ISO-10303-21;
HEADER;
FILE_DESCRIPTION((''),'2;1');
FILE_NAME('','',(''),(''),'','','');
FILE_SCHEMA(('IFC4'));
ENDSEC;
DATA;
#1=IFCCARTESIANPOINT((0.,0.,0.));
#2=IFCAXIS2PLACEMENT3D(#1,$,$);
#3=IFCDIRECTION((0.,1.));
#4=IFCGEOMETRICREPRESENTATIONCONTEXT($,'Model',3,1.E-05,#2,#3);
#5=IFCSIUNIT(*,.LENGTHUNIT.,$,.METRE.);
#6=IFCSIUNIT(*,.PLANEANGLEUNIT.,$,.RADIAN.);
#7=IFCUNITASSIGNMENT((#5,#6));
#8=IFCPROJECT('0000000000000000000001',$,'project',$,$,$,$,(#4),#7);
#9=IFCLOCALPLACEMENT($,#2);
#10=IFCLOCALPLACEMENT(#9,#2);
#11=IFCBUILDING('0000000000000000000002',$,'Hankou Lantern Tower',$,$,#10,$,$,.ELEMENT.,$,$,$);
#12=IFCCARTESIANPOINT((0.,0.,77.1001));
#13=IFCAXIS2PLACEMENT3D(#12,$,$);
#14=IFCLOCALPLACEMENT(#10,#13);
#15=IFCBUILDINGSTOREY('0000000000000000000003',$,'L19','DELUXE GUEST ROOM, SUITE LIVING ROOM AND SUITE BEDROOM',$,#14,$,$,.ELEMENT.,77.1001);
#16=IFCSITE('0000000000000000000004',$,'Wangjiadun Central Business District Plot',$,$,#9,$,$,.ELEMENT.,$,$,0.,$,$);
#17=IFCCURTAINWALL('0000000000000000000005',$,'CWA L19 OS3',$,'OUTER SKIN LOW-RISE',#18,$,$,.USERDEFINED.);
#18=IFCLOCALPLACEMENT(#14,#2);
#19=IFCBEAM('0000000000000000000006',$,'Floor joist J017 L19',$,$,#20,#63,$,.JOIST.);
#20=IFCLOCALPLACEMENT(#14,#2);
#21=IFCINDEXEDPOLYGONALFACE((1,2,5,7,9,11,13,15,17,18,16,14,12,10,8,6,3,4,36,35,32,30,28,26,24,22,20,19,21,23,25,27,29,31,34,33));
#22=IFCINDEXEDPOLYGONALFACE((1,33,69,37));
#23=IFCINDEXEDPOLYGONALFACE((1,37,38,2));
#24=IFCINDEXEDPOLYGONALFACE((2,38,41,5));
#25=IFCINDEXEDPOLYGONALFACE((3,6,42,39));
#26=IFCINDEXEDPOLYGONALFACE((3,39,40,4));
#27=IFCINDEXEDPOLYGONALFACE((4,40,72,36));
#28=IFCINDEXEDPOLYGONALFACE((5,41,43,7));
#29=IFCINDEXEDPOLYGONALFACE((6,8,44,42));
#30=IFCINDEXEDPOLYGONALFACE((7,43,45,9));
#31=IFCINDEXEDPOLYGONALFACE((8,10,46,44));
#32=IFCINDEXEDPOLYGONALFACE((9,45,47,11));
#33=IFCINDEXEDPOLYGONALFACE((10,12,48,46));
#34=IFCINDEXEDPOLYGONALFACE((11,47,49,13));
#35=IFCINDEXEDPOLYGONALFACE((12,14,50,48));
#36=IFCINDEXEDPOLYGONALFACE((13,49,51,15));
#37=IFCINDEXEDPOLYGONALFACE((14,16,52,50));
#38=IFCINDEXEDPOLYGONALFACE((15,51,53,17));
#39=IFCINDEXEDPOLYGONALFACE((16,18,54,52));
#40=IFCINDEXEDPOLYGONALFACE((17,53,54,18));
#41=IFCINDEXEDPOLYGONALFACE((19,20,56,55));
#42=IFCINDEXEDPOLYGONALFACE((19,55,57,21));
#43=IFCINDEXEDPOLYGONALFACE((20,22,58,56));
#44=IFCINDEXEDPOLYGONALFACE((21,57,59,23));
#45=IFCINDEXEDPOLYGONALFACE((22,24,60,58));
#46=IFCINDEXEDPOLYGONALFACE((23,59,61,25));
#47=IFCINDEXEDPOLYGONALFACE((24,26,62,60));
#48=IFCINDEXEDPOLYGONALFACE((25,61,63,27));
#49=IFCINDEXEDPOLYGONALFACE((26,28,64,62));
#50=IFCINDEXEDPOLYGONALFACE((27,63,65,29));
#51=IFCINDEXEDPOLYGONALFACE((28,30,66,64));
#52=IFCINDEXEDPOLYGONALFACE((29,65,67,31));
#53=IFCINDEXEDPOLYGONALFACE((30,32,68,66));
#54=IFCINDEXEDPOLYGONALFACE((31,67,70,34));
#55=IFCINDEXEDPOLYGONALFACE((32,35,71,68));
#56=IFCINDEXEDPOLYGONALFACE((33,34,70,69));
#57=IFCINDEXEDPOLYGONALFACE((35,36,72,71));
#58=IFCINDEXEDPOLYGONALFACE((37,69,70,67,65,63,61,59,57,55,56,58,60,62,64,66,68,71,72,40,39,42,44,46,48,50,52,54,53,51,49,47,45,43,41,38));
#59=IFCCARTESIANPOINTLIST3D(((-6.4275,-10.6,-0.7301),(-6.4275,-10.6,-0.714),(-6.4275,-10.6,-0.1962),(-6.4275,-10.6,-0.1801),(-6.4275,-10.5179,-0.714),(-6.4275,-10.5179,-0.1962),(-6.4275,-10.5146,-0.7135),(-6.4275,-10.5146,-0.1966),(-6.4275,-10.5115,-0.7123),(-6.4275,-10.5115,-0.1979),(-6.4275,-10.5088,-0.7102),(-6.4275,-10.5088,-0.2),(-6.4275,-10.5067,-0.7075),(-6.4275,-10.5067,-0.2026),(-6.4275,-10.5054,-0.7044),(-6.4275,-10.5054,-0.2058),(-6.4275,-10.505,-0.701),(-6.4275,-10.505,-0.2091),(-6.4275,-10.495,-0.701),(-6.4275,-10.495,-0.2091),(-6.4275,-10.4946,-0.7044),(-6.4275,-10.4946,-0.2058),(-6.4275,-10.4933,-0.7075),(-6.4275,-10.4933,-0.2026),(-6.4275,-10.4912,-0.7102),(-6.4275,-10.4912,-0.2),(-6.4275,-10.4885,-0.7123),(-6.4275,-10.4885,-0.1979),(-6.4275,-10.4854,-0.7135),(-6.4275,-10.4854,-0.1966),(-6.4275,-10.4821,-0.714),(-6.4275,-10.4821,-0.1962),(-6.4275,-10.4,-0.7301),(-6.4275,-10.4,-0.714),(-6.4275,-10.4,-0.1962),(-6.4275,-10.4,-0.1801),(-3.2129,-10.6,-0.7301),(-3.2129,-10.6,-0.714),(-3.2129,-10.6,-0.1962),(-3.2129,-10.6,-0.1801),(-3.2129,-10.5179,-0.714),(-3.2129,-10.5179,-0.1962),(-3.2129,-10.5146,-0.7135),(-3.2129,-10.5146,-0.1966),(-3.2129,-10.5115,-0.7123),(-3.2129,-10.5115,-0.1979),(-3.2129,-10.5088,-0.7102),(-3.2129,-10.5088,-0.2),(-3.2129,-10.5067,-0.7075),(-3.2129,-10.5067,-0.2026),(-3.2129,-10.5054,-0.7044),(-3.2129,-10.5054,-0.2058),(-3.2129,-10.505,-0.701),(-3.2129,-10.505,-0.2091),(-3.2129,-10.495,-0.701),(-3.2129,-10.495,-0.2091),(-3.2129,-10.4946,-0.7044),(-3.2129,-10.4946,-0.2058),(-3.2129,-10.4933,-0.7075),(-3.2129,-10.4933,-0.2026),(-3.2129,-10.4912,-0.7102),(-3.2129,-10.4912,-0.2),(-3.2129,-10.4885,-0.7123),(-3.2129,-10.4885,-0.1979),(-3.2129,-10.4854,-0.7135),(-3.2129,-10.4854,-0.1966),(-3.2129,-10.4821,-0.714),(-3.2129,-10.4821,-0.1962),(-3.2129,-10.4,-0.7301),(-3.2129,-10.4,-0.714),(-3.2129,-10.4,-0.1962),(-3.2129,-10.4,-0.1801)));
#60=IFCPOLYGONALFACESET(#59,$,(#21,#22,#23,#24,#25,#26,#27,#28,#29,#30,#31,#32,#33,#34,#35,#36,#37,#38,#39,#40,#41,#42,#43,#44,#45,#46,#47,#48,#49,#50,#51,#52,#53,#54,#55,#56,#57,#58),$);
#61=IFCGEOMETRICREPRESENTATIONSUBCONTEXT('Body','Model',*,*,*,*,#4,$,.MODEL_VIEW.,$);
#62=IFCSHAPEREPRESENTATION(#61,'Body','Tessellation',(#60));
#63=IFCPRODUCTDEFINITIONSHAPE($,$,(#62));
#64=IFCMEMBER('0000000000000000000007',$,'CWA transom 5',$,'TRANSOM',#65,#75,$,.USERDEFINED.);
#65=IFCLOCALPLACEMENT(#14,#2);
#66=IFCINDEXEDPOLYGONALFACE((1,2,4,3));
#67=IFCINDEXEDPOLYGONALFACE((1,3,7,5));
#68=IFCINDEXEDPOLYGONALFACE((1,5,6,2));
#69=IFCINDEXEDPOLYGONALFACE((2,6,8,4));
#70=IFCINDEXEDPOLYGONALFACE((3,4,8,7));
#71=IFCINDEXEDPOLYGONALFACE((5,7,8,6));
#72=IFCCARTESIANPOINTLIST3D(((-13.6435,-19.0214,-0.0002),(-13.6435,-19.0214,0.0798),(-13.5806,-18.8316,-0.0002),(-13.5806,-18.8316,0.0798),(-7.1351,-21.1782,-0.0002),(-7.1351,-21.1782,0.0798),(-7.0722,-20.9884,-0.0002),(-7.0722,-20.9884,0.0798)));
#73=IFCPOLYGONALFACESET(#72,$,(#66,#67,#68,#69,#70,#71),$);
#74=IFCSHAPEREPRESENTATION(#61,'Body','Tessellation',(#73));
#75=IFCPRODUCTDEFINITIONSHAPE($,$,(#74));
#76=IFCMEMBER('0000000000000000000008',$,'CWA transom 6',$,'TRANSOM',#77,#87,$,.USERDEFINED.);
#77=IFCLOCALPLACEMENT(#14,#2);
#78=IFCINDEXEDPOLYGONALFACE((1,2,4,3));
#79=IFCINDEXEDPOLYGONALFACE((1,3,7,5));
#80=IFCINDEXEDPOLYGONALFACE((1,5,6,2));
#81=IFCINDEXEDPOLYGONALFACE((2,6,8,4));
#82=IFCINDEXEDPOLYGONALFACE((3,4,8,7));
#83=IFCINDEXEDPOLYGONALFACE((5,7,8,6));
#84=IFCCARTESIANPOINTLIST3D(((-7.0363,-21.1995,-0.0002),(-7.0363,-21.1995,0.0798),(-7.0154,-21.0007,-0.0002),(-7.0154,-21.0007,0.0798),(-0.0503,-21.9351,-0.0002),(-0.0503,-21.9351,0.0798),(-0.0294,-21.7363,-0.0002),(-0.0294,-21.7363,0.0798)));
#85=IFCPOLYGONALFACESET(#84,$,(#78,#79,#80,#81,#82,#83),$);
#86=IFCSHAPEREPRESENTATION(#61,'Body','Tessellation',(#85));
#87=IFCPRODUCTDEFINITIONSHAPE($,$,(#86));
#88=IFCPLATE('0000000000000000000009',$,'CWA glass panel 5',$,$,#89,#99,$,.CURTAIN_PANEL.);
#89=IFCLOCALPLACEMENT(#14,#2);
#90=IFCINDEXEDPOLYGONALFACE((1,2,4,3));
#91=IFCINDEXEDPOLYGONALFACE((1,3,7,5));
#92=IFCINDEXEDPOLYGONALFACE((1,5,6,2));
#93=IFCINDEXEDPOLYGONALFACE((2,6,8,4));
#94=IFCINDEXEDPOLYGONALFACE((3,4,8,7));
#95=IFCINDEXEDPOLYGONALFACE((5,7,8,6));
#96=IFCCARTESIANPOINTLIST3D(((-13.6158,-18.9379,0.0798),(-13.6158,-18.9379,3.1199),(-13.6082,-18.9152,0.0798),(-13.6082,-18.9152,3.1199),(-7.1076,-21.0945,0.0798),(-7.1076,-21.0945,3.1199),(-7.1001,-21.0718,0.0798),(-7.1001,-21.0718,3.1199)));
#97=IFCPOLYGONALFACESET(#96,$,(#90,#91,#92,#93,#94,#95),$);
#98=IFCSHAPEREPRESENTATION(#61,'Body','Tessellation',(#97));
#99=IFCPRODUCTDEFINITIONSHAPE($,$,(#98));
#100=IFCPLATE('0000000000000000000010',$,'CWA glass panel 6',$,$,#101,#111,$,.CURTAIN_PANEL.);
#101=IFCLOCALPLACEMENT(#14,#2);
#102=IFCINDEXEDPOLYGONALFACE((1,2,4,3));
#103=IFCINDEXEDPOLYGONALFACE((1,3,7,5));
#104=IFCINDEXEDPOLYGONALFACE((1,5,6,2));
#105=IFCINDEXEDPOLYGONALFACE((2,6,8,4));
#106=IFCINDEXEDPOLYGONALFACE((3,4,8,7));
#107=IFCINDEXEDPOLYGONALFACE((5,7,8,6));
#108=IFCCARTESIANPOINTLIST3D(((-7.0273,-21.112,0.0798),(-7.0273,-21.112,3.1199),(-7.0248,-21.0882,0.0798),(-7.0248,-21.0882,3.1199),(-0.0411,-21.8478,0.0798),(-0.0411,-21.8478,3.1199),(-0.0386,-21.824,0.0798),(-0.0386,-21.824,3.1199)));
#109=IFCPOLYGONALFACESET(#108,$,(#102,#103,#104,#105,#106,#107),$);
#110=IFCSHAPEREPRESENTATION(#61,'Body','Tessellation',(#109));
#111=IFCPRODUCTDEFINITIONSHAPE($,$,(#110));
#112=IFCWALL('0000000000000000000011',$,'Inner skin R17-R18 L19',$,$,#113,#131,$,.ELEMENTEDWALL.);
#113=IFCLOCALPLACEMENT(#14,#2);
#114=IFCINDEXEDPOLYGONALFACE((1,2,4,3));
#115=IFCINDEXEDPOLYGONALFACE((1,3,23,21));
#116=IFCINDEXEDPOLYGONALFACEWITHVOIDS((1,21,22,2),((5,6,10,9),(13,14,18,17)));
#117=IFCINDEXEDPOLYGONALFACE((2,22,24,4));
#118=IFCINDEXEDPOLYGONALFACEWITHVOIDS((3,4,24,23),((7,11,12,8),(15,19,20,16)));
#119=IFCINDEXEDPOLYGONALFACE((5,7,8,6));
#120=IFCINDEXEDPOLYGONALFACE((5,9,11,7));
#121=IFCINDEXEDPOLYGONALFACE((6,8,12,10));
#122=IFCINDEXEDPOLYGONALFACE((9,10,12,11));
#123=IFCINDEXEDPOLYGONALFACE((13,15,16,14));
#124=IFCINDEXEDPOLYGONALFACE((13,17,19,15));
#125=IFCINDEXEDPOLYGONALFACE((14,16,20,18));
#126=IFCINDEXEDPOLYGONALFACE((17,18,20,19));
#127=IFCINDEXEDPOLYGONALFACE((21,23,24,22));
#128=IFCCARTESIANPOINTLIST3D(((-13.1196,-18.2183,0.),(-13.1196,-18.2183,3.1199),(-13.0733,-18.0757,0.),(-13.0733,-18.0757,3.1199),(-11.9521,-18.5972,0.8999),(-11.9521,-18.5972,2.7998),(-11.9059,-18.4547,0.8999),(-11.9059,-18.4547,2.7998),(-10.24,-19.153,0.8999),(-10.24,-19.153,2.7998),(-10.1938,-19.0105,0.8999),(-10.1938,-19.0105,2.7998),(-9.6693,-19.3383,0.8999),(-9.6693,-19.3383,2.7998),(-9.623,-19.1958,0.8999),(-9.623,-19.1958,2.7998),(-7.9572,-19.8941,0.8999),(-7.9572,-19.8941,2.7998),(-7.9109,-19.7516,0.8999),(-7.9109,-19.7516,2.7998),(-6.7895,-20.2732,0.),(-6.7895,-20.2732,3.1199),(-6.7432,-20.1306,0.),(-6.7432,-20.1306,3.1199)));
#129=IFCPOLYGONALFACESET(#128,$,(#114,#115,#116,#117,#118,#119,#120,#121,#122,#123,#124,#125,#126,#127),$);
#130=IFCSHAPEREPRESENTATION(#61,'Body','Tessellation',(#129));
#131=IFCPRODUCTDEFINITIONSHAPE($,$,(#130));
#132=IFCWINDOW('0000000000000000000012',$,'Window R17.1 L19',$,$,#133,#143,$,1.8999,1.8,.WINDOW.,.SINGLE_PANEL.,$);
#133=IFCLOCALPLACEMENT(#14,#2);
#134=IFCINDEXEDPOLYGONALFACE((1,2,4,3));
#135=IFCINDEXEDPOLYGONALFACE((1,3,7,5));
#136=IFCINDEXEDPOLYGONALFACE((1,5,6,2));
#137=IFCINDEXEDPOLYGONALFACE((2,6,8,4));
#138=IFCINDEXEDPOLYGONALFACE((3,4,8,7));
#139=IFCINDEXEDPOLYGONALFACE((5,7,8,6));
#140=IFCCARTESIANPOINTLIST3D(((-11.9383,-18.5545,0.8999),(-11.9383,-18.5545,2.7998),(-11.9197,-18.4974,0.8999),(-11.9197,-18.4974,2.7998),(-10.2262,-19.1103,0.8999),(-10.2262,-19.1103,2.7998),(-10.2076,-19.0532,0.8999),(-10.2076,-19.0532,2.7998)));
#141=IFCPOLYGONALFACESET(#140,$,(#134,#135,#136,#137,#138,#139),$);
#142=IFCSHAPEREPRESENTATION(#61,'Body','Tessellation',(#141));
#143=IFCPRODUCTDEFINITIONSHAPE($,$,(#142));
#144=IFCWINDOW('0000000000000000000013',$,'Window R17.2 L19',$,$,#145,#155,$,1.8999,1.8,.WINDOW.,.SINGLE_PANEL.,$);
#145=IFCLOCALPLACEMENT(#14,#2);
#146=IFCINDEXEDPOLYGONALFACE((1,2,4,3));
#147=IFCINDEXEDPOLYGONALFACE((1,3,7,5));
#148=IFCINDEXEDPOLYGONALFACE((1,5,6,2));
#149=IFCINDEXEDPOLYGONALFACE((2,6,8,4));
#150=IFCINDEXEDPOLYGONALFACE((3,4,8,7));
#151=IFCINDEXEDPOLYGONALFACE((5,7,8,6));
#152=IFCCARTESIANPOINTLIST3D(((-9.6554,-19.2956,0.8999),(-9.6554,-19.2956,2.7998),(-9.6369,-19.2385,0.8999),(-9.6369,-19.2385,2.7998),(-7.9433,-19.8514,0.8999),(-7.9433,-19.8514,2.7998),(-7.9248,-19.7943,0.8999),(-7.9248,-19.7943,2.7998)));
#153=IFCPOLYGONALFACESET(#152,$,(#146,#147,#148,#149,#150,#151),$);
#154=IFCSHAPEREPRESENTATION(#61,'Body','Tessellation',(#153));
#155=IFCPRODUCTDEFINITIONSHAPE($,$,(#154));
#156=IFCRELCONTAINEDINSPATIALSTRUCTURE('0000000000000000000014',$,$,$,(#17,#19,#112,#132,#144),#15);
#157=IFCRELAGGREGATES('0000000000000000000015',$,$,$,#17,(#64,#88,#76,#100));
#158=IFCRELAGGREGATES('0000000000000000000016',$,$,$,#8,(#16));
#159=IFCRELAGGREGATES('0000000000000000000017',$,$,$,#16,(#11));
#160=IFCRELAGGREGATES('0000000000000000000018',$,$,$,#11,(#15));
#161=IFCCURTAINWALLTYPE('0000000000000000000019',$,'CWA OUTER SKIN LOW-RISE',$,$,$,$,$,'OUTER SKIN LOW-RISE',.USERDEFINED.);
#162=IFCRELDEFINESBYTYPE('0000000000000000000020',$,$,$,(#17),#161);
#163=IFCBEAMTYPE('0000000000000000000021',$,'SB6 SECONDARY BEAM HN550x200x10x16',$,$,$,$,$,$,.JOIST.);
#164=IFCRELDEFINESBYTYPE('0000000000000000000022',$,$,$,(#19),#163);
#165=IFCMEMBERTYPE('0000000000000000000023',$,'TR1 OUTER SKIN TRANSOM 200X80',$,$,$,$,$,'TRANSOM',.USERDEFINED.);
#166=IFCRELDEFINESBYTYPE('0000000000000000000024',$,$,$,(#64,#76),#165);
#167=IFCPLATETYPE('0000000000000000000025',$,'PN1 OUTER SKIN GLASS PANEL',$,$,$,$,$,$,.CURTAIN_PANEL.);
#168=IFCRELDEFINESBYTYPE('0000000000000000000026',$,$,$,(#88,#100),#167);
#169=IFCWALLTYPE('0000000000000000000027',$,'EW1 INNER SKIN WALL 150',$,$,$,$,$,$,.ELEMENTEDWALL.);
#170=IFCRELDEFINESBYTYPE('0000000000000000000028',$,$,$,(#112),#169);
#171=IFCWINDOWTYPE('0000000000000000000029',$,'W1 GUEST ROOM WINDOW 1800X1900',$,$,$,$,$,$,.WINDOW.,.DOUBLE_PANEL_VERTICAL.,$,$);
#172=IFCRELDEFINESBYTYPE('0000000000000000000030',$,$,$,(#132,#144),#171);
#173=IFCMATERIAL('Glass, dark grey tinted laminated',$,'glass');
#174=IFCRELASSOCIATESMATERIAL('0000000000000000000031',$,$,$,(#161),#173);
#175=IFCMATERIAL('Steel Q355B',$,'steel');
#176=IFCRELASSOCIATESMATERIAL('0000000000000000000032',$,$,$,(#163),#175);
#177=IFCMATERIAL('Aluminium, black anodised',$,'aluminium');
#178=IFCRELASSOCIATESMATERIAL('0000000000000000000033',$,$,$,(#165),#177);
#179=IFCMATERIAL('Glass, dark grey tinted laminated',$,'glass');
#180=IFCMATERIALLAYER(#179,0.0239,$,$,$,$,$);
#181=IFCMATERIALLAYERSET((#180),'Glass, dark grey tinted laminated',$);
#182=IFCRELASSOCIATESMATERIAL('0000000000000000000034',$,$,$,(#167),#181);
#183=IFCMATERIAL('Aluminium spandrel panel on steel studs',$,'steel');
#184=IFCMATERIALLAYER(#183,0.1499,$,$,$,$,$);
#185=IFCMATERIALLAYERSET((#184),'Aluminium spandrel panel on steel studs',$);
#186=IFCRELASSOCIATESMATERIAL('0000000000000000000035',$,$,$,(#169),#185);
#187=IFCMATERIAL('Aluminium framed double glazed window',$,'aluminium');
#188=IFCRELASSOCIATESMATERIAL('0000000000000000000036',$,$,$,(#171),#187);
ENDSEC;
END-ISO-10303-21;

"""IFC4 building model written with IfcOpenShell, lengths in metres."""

from ifc_helpers import new_model, si_unit, direction, frame, frame_2d, origin, origin_2d, place, context, subcontext, project, spatial, rectangle, i_section, extrude, material, layer, layer_set, material_profile, profile_set, type_object, element, fill, aggregate, save


model = new_model("IFC4")

# Units and contexts
model_context = context("Model", 3, precision=1e-05, world=origin(), true_north=direction((0.0, 1.0)))
body_context = subcontext(model_context, "Body", "Model", "MODEL_VIEW")
ifc_project = project(units=[si_unit("LENGTHUNIT", "METRE"), si_unit("PLANEANGLEUNIT", "RADIAN")], contexts=[model_context])

# Site, building, storey
site_placement = place(None, origin())
site = spatial("IfcSite", under=ifc_project, at=site_placement, Name="Wangjiadun Central Business District Plot", CompositionType="ELEMENT", RefElevation=0.0)
building_placement = place(site_placement, origin())
building = spatial("IfcBuilding", under=site, at=building_placement, Name="Hankou Lantern Tower", CompositionType="ELEMENT")
storey_placement = place(building_placement, frame((0.0, 0.0, 77.1001)))
storey = spatial("IfcBuildingStorey", under=building, at=storey_placement, Name="L19", Description="DELUXE GUEST ROOM, SUITE LIVING ROOM AND SUITE BEDROOM", CompositionType="ELEMENT", Elevation=77.1001)

# Curtain wall
ifc_material_1 = material(Name="Glass, dark grey tinted laminated", Category="glass")
curtain_wall_type = type_object("IfcCurtainWallType", Name="CWA OUTER SKIN LOW-RISE", ElementType="OUTER SKIN LOW-RISE", PredefinedType="USERDEFINED", material=ifc_material_1)
curtain_wall_placement = place(storey_placement, origin())
curtain_wall = element("IfcCurtainWall", 1, at=curtain_wall_placement, inside=storey, type_object=curtain_wall_type, Name="CWA L19 OS3", ObjectType="OUTER SKIN LOW-RISE", PredefinedType="USERDEFINED")

# Beam
ifc_material_2 = material(Name="Steel Q355B", Category="steel")
ifc_material_profile_1 = material_profile(ifc_material_2, i_section(OverallWidth=0.2, OverallDepth=0.55, WebThickness=0.01, FlangeThickness=0.0161, FilletRadius=0.0129, at=origin_2d()), Name="HN550x200x10x16")
ifc_profile_set_1 = profile_set([ifc_material_profile_1], Name="Steel Q355B")
beam_type_1 = type_object("IfcBeamType", Name="SB6 SECONDARY BEAM HN550x200x10x16", PredefinedType="JOIST", material=ifc_profile_set_1)
beam_1_placement = place(storey_placement, frame((-6.4275, -10.5, -0.4551), z_axis=(1.0, 0.0, 0.0), x_axis=(0.0, 1.0, 0.0)))
element("IfcBeam", 2, at=beam_1_placement, inside=storey, type_object=beam_type_1, Name="Floor joist J017 L19", PredefinedType="JOIST", context=body_context, shape_type="SweptSolid", body=[
    extrude(i_section(OverallWidth=0.2, OverallDepth=0.55, WebThickness=0.01, FlangeThickness=0.0161, FilletRadius=0.0129, at=origin_2d()), origin(), (0.0, 0.0, 1.0), 3.2146),
])

# Members
ifc_material_3 = material(Name="Aluminium, black anodised", Category="aluminium")
ifc_material_profile_2 = material_profile(ifc_material_3, rectangle(XDim=0.2, YDim=0.0801, at=origin_2d()), Name="TR1 200X80")
ifc_profile_set_2 = profile_set([ifc_material_profile_2], Name="Aluminium, black anodised")
member_type_1 = type_object("IfcMemberType", Name="TR1 OUTER SKIN TRANSOM 200X80", ElementType="TRANSOM", PredefinedType="USERDEFINED", material=ifc_profile_set_2)
member_1_placement = place(storey_placement, frame((-13.6121, -18.9265, 0.0398), z_axis=(0.949237, -0.314561, 0.0), x_axis=(0.314561, 0.949237, 0.0)))
member_1 = element("IfcMember", 3, at=member_1_placement, type_object=member_type_1, Name="CWA transom 5", ObjectType="TRANSOM", PredefinedType="USERDEFINED", context=body_context, shape_type="SweptSolid", body=[
    extrude(rectangle(XDim=0.2, YDim=0.0801, at=origin_2d()), origin(), (0.0, 0.0, 1.0), 6.8564),
])
member_2_placement = place(storey_placement, frame((-7.0259, -21.1001, 0.0398), z_axis=(0.994502, -0.104716, 0.0), x_axis=(0.104716, 0.994502, 0.0)))
member_2 = element("IfcMember", 4, at=member_2_placement, type_object=member_type_1, Name="CWA transom 6", ObjectType="TRANSOM", PredefinedType="USERDEFINED", context=body_context, shape_type="SweptSolid", body=[
    extrude(rectangle(XDim=0.2, YDim=0.0801, at=origin_2d()), origin(), (0.0, 0.0, 1.0), 7.0247),
])

# Plates
ifc_material_4 = material(Name="Glass, dark grey tinted laminated", Category="glass")
ifc_layer_1 = layer(ifc_material_4, 0.0239)
ifc_layer_set_1 = layer_set([ifc_layer_1], Name="Glass, dark grey tinted laminated")
plate_type = type_object("IfcPlateType", Name="PN1 OUTER SKIN GLASS PANEL", PredefinedType="CURTAIN_PANEL", material=ifc_layer_set_1)
plate_1_placement = place(storey_placement, frame((-10.3579, -20.0049, 0.0798), z_axis=(0.0, 0.0, 1.0), x_axis=(0.949241, -0.314551, 0.0)))
plate_1 = element("IfcPlate", 5, at=plate_1_placement, type_object=plate_type, Name="CWA glass panel 5", PredefinedType="CURTAIN_PANEL", context=body_context, shape_type="SweptSolid", body=[
    extrude(rectangle(XDim=6.8562, YDim=0.0239, at=origin_2d()), origin(), (0.0, 0.0, 1.0), 3.04),
])
plate_2_placement = place(storey_placement, frame((-3.533, -21.468, 0.0798), z_axis=(0.0, 0.0, 1.0), x_axis=(0.994499, -0.104743, 0.0)))
plate_2 = element("IfcPlate", 6, at=plate_2_placement, type_object=plate_type, Name="CWA glass panel 6", PredefinedType="CURTAIN_PANEL", context=body_context, shape_type="SweptSolid", body=[
    extrude(rectangle(XDim=7.0249, YDim=0.0239, at=origin_2d()), origin(), (0.0, 0.0, 1.0), 3.04),
])
aggregate(curtain_wall, [member_1, plate_1, member_2, plate_2])

# Wall, openings, windows
ifc_material_5 = material(Name="Aluminium spandrel panel on steel studs", Category="steel")
ifc_layer_2 = layer(ifc_material_5, 0.1499)
ifc_layer_set_2 = layer_set([ifc_layer_2], Name="Aluminium spandrel panel on steel studs")
wall_type_1 = type_object("IfcWallType", Name="EW1 INNER SKIN WALL 150", PredefinedType="ELEMENTEDWALL", material=ifc_layer_set_2)
wall_1_placement = place(storey_placement, frame((-13.0964, -18.147, 0.0), z_axis=(0.0, 0.0, 1.0), x_axis=(0.951138, -0.308768, 0.0)))
wall_1 = element("IfcWall", 7, at=wall_1_placement, inside=storey, type_object=wall_type_1, Name="Inner skin R17-R18 L19", PredefinedType="ELEMENTEDWALL", context=body_context, shape_type="SweptSolid", body=[
    extrude(rectangle(XDim=6.6553, YDim=0.1499, at=frame_2d((3.3276, 0.0))), origin(), (0.0, 0.0, 1.0), 3.1199),
])
opening_1_placement = place(wall_1_placement, frame((1.2275, 0.0, 0.8999)))
opening_1 = element("IfcOpeningElement", 8, at=opening_1_placement, cuts=wall_1, PredefinedType="OPENING", context=body_context, shape_type="SweptSolid", body=[
    extrude(rectangle(XDim=1.8, YDim=1.8999, at=frame_2d((0.8999, 0.95))), frame((0.0, 0.085, 0.0), z_axis=(0.0, -1.0, 0.0), x_axis=(1.0, 0.0, 0.0)), (0.0, 0.0, 1.0), 0.1699),
])
opening_2_placement = place(wall_1_placement, frame((3.6277, 0.0, 0.8999)))
opening_2 = element("IfcOpeningElement", 9, at=opening_2_placement, cuts=wall_1, PredefinedType="OPENING", context=body_context, shape_type="SweptSolid", body=[
    extrude(rectangle(XDim=1.8, YDim=1.8999, at=frame_2d((0.8999, 0.95))), frame((0.0, 0.085, 0.0), z_axis=(0.0, -1.0, 0.0), x_axis=(1.0, 0.0, 0.0)), (0.0, 0.0, 1.0), 0.1699),
])
ifc_material_6 = material(Name="Aluminium framed double glazed window", Category="aluminium")
window_type = type_object("IfcWindowType", Name="W1 GUEST ROOM WINDOW 1800X1900", PartitioningType="DOUBLE_PANEL_VERTICAL", PredefinedType="WINDOW", material=ifc_material_6)
window_1_placement = place(opening_1_placement, origin())
window_1 = element("IfcWindow", 10, at=window_1_placement, inside=storey, type_object=window_type, Name="Window R17.1 L19", OverallHeight=1.8999, OverallWidth=1.8, PartitioningType="SINGLE_PANEL", PredefinedType="WINDOW", context=body_context, shape_type="SweptSolid", body=[
    extrude(rectangle(XDim=1.8, YDim=1.8999, at=frame_2d((0.8999, 0.95))), frame((0.0, 0.03, 0.0), z_axis=(0.0, -1.0, 0.0), x_axis=(1.0, 0.0, 0.0)), (0.0, 0.0, 1.0), 0.0601),
])
fill(opening_1, window_1)
window_2_placement = place(opening_2_placement, origin())
window_2 = element("IfcWindow", 11, at=window_2_placement, inside=storey, type_object=window_type, Name="Window R17.2 L19", OverallHeight=1.8999, OverallWidth=1.8, PartitioningType="SINGLE_PANEL", PredefinedType="WINDOW", context=body_context, shape_type="SweptSolid", body=[
    extrude(rectangle(XDim=1.8, YDim=1.8999, at=frame_2d((0.8999, 0.95))), frame((0.0, 0.03, 0.0), z_axis=(0.0, -1.0, 0.0), x_axis=(1.0, 0.0, 0.0)), (0.0, 0.0, 1.0), 0.0601),
])
fill(opening_2, window_2)

save(model, "model.ifc")
